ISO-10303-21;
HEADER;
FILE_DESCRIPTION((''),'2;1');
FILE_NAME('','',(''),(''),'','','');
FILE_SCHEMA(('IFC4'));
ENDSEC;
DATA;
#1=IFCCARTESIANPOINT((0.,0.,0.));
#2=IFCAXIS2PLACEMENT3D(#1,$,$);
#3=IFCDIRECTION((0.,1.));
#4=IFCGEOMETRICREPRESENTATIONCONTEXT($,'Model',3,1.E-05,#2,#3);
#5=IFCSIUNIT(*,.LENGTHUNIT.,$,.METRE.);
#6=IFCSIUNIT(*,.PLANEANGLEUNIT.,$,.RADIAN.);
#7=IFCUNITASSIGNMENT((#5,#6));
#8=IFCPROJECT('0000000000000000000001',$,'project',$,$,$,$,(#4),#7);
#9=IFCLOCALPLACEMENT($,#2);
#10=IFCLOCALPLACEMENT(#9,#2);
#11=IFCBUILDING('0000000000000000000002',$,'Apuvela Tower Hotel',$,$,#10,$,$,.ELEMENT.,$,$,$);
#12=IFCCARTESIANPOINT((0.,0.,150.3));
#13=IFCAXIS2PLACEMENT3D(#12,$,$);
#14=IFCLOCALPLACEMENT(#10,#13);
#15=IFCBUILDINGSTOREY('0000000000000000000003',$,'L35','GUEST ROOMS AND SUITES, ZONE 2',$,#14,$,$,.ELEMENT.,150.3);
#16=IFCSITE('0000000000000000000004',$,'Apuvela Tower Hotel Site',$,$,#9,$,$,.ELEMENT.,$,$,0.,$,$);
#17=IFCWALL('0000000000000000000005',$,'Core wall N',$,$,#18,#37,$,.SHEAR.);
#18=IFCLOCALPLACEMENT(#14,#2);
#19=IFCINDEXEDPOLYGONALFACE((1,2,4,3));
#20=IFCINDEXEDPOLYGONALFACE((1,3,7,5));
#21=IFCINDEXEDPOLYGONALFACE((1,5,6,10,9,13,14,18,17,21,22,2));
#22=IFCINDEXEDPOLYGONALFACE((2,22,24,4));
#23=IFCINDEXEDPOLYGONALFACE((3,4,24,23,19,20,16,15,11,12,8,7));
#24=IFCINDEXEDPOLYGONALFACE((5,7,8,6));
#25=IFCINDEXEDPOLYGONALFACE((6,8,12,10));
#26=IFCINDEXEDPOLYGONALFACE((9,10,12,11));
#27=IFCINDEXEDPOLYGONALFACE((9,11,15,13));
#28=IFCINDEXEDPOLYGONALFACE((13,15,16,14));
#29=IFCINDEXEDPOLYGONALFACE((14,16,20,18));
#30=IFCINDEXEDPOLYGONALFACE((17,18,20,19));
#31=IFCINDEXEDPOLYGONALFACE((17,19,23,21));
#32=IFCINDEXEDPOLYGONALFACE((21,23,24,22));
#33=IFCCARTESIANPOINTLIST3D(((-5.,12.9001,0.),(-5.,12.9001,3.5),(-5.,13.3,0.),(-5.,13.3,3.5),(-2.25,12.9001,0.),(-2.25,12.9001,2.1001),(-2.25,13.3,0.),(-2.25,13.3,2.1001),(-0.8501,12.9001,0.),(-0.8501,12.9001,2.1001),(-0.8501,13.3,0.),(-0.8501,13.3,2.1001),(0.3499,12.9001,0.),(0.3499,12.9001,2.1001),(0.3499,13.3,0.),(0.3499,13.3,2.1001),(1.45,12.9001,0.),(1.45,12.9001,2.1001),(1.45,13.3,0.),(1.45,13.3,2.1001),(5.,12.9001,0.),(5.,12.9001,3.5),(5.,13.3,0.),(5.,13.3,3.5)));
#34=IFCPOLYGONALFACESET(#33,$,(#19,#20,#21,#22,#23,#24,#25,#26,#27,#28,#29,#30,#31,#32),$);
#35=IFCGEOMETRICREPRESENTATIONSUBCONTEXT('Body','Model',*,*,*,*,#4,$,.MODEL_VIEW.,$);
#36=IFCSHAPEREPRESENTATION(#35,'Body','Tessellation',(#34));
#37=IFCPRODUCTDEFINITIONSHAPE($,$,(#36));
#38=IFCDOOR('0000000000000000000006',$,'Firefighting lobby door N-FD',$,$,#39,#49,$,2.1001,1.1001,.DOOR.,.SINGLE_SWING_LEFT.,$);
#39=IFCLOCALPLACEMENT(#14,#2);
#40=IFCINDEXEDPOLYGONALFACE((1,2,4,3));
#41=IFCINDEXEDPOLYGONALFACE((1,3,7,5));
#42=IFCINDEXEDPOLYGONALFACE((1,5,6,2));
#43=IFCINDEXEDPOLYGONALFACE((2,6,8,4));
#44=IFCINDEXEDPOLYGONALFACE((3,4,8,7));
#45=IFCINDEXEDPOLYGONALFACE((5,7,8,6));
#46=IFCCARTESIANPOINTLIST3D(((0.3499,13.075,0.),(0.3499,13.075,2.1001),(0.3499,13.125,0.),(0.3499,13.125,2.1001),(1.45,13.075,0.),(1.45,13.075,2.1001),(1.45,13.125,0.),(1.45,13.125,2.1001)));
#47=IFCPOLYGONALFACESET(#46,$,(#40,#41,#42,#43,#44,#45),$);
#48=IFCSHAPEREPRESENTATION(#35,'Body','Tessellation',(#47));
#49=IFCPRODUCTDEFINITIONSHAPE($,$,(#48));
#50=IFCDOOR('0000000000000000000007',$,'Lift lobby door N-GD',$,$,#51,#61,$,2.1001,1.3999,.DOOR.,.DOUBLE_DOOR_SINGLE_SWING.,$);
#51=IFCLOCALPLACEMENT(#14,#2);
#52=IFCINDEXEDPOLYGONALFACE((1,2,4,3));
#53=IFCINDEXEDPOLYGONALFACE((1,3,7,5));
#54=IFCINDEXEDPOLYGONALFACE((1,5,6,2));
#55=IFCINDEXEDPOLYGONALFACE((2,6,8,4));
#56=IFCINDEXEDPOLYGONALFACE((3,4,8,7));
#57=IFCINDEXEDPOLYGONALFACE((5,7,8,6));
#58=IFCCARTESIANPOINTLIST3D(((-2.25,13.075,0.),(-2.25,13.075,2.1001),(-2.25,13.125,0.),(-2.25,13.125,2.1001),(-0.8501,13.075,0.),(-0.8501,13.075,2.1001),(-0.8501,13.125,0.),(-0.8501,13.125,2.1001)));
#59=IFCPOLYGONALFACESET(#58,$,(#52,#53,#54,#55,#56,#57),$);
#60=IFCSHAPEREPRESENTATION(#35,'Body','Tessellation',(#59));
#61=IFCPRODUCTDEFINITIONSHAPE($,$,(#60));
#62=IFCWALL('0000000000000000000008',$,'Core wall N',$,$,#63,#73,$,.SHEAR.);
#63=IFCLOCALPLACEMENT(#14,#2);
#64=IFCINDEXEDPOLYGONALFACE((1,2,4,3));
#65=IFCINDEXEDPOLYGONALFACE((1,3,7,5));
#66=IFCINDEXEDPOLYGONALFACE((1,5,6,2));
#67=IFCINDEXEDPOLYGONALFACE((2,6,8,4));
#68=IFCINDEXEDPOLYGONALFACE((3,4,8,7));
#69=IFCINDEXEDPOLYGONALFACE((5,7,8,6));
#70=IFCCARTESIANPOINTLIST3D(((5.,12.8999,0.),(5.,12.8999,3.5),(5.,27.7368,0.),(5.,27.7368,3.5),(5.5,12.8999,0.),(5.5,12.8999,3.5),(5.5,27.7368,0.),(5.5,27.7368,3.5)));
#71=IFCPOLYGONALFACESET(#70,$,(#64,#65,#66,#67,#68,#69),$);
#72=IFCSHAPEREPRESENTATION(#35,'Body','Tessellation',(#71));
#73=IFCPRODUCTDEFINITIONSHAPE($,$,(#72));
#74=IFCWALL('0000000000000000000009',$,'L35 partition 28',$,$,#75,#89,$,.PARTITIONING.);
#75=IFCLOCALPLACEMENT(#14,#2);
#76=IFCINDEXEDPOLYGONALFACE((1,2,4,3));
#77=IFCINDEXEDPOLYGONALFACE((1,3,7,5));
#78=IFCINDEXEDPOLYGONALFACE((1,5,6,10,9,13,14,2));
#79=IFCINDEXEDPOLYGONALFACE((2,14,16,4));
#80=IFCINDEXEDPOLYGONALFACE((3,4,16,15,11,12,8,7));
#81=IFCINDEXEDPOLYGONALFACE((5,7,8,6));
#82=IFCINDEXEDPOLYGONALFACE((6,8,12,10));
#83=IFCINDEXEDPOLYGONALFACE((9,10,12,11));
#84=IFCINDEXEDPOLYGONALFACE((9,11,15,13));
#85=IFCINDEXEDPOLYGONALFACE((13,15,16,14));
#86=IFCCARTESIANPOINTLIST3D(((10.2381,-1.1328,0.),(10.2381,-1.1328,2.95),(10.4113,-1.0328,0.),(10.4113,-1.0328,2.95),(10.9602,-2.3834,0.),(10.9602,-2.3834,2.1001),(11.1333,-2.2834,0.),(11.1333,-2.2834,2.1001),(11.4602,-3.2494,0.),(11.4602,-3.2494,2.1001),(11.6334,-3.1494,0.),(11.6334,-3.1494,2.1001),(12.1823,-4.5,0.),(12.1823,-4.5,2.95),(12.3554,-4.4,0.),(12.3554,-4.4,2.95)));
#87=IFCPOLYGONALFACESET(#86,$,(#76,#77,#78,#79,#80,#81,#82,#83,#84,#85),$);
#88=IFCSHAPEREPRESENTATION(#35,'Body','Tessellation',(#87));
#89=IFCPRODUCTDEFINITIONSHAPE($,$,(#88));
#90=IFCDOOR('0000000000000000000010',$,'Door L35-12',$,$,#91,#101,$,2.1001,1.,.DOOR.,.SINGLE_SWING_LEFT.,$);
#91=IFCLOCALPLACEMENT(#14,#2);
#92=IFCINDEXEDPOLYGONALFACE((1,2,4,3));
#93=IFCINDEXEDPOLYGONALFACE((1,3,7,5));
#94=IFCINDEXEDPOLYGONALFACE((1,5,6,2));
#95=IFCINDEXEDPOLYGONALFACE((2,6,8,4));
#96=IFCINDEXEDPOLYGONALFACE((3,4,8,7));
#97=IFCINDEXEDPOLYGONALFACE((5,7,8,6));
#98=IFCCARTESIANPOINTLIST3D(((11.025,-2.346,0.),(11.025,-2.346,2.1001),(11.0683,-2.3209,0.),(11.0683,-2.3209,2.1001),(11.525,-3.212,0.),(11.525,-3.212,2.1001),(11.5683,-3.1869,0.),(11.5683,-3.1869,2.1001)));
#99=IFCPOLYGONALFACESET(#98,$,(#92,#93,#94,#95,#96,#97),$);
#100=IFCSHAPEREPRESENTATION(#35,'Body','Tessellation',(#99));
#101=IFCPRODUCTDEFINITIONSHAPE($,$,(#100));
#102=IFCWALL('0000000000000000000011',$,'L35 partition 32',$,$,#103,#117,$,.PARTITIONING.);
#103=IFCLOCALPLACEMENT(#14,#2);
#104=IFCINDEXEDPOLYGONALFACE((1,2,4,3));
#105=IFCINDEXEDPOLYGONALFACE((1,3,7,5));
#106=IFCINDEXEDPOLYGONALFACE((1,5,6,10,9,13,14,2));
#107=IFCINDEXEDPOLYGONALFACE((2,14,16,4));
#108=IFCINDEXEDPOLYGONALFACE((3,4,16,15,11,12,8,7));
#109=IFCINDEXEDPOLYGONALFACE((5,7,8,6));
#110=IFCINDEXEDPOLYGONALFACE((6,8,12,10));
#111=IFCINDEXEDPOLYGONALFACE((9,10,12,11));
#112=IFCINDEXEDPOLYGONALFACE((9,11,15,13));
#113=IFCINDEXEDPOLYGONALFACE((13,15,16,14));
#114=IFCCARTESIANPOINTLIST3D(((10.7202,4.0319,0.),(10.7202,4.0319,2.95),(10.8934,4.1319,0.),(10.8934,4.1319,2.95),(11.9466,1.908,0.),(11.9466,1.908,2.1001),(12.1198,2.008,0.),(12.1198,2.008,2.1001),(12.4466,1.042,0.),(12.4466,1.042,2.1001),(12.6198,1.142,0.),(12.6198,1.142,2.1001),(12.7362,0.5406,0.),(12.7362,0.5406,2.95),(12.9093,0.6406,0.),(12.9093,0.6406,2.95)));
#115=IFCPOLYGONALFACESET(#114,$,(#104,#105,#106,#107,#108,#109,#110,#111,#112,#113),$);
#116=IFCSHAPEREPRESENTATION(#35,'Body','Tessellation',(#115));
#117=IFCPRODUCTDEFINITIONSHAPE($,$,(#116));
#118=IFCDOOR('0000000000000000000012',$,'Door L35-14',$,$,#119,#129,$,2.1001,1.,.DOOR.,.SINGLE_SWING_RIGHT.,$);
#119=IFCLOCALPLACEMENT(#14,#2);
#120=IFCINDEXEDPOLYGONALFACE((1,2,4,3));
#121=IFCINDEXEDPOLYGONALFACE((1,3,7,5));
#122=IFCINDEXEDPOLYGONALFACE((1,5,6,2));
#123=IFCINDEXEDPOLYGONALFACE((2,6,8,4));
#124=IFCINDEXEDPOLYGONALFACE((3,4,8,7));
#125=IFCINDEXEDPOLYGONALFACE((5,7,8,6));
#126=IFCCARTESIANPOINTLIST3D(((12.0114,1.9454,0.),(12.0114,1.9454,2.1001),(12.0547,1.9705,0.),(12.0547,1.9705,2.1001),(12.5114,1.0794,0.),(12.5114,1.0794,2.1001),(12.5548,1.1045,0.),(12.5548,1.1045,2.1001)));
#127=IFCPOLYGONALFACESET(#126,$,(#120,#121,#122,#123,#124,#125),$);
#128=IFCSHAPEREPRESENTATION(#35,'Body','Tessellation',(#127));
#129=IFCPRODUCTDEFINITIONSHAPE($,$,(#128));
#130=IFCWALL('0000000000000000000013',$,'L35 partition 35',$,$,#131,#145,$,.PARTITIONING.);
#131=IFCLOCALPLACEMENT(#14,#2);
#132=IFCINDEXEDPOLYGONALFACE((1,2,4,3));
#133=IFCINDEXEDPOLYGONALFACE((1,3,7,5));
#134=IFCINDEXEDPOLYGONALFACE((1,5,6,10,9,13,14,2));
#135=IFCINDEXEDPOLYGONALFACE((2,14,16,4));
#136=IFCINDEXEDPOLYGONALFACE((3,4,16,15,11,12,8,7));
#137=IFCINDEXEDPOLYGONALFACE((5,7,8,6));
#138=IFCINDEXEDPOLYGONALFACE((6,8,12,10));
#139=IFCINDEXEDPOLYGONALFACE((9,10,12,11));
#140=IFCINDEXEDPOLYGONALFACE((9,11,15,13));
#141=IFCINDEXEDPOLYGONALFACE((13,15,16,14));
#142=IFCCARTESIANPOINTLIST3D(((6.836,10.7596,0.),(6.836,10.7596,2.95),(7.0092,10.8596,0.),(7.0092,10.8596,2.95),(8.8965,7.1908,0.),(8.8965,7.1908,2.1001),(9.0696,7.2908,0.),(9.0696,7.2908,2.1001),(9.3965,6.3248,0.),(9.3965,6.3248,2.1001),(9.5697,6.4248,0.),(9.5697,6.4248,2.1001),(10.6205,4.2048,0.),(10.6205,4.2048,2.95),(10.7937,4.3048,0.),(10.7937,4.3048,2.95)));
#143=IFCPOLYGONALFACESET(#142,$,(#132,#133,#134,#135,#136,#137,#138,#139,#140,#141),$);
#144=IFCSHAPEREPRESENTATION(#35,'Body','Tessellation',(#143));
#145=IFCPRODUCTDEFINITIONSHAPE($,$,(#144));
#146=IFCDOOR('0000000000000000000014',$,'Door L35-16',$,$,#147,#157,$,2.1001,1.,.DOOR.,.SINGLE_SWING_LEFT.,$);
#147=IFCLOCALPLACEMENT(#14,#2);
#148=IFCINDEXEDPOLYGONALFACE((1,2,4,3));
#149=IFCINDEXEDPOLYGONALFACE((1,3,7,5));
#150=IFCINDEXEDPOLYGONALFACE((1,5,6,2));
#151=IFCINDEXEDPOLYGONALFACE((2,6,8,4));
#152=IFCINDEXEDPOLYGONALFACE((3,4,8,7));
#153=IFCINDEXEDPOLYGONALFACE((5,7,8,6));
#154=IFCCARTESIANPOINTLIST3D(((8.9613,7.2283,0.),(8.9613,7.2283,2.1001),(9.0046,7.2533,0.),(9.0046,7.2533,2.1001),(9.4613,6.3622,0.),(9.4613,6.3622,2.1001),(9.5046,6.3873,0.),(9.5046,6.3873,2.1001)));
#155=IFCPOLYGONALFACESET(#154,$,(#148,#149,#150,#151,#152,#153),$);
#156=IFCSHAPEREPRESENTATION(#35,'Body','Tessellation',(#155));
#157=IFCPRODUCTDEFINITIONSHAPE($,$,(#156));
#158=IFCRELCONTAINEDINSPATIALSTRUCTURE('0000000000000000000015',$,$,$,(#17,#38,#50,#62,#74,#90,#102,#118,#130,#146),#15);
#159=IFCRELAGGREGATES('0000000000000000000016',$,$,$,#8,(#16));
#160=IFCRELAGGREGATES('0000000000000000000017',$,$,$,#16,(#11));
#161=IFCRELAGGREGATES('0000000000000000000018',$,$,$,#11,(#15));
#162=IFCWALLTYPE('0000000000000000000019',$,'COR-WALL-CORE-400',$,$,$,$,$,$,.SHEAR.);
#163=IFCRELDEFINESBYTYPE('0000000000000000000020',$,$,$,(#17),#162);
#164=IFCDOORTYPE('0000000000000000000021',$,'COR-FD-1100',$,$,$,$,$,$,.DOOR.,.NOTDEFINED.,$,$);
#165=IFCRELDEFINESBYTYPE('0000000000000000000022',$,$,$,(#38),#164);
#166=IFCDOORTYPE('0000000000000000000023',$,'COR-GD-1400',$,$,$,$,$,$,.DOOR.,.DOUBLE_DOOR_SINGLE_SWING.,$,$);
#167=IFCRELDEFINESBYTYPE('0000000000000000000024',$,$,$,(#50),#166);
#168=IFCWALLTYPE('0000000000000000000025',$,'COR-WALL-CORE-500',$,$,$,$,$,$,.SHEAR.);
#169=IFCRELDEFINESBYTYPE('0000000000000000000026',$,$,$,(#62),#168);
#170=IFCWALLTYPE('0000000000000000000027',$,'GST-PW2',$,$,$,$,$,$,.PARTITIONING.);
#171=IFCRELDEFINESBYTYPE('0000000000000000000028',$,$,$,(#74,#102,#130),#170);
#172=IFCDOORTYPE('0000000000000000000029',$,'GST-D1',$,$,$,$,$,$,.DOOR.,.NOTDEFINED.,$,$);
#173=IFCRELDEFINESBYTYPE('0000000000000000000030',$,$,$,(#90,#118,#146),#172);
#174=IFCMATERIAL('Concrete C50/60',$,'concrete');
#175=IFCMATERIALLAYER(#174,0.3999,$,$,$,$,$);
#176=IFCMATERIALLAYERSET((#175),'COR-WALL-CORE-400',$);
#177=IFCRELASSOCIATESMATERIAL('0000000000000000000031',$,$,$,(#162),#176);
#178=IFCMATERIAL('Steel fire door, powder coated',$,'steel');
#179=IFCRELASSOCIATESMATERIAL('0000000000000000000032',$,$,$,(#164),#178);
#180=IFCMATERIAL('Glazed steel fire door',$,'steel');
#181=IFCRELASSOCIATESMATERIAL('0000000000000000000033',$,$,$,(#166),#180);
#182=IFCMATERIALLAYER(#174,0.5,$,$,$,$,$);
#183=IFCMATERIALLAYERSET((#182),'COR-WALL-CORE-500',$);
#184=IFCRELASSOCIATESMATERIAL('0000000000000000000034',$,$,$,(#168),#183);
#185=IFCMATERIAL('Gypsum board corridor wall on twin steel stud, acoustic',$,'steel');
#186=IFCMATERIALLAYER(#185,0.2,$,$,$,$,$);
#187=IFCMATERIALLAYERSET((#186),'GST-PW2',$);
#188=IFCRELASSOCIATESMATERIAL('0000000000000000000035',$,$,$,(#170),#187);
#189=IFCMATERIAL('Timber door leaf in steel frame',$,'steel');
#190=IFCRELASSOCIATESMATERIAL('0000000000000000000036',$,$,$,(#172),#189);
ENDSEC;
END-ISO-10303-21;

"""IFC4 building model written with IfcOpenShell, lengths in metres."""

from ifc_helpers import new_model, si_unit, direction, frame, frame_2d, origin, place, context, subcontext, project, spatial, rectangle, extrude, material, layer, layer_set, type_object, element, fill, save


model = new_model("IFC4")

# Units and contexts
model_context = context("Model", 3, precision=1e-05, world=origin(), true_north=direction((0.0, 1.0)))
body_context = subcontext(model_context, "Body", "Model", "MODEL_VIEW")
ifc_project = project(units=[si_unit("LENGTHUNIT", "METRE"), si_unit("PLANEANGLEUNIT", "RADIAN")], contexts=[model_context])

# Site, building, storey
site_placement = place(None, origin())
site = spatial("IfcSite", under=ifc_project, at=site_placement, Name="Apuvela Tower Hotel Site", CompositionType="ELEMENT", RefElevation=0.0)
building_placement = place(site_placement, origin())
building = spatial("IfcBuilding", under=site, at=building_placement, Name="Apuvela Tower Hotel", CompositionType="ELEMENT")
storey_placement = place(building_placement, frame((0.0, 0.0, 150.3)))
storey = spatial("IfcBuildingStorey", under=building, at=storey_placement, Name="L35", Description="GUEST ROOMS AND SUITES, ZONE 2", CompositionType="ELEMENT", Elevation=150.3)

# Shared definitions
ifc_material_1 = material(Name="Concrete C50/60", Category="concrete")

# Wall, openings, doors
ifc_layer_1 = layer(ifc_material_1, 0.3999)
ifc_layer_set_1 = layer_set([ifc_layer_1], Name="COR-WALL-CORE-400")
wall_type_1 = type_object("IfcWallType", Name="COR-WALL-CORE-400", PredefinedType="SHEAR", material=ifc_layer_set_1)
wall_1_placement = place(storey_placement, frame((5.0, 13.1001, 0.0), z_axis=(0.0, 0.0, 1.0), x_axis=(-1.0, 0.0, 0.0)))
wall_1 = element("IfcWall", 1, at=wall_1_placement, inside=storey, type_object=wall_type_1, Name="Core wall N", PredefinedType="SHEAR", context=body_context, shape_type="SweptSolid", body=[
    extrude(rectangle(XDim=10.0, YDim=0.3999, at=frame_2d((5.0, 0.0))), origin(), (0.0, 0.0, 1.0), 3.5),
])
opening_1_placement = place(wall_1_placement, frame((3.55, 0.0, 0.0)))
opening_1 = element("IfcOpeningElement", 2, at=opening_1_placement, cuts=wall_1, PredefinedType="OPENING", context=body_context, shape_type="SweptSolid", body=[
    extrude(rectangle(XDim=1.1001, YDim=2.1001, at=frame_2d((0.55, 1.05))), frame((0.0, 0.21, 0.0), z_axis=(0.0, -1.0, 0.0), x_axis=(1.0, 0.0, 0.0)), (0.0, 0.0, 1.0), 0.4199),
])
opening_2_placement = place(wall_1_placement, frame((5.8501, 0.0, 0.0)))
opening_2 = element("IfcOpeningElement", 3, at=opening_2_placement, cuts=wall_1, PredefinedType="OPENING", context=body_context, shape_type="SweptSolid", body=[
    extrude(rectangle(XDim=1.3999, YDim=2.1001, at=frame_2d((0.7, 1.05))), frame((0.0, 0.21, 0.0), z_axis=(0.0, -1.0, 0.0), x_axis=(1.0, 0.0, 0.0)), (0.0, 0.0, 1.0), 0.4199),
])
ifc_material_2 = material(Name="Steel fire door, powder coated", Category="steel")
door_type_1 = type_object("IfcDoorType", Name="COR-FD-1100", OperationType="NOTDEFINED", PredefinedType="DOOR", material=ifc_material_2)
door_1_placement = place(opening_1_placement, frame((1.1001, 0.0, 0.0), z_axis=(0.0, 0.0, 1.0), x_axis=(-1.0, 0.0, 0.0)))
door_1 = element("IfcDoor", 4, at=door_1_placement, inside=storey, type_object=door_type_1, Name="Firefighting lobby door N-FD", OperationType="SINGLE_SWING_LEFT", OverallHeight=2.1001, OverallWidth=1.1001, PredefinedType="DOOR", context=body_context, shape_type="SweptSolid", body=[
    extrude(rectangle(XDim=1.1001, YDim=2.1001, at=frame_2d((0.55, 1.05))), frame((0.0, 0.0249, 0.0), z_axis=(0.0, -1.0, 0.0), x_axis=(1.0, 0.0, 0.0)), (0.0, 0.0, 1.0), 0.05),
])
fill(opening_1, door_1)
ifc_material_3 = material(Name="Glazed steel fire door", Category="steel")
door_type_2 = type_object("IfcDoorType", Name="COR-GD-1400", OperationType="DOUBLE_DOOR_SINGLE_SWING", PredefinedType="DOOR", material=ifc_material_3)
door_2_placement = place(opening_2_placement, frame((1.3999, 0.0, 0.0), z_axis=(0.0, 0.0, 1.0), x_axis=(-1.0, 0.0, 0.0)))
door_2 = element("IfcDoor", 5, at=door_2_placement, inside=storey, type_object=door_type_2, Name="Lift lobby door N-GD", OperationType="DOUBLE_DOOR_SINGLE_SWING", OverallHeight=2.1001, OverallWidth=1.3999, PredefinedType="DOOR", context=body_context, shape_type="SweptSolid", body=[
    extrude(rectangle(XDim=1.3999, YDim=2.1001, at=frame_2d((0.7, 1.05))), frame((0.0, 0.0249, 0.0), z_axis=(0.0, -1.0, 0.0), x_axis=(1.0, 0.0, 0.0)), (0.0, 0.0, 1.0), 0.05),
])
fill(opening_2, door_2)

# Wall
ifc_layer_2 = layer(ifc_material_1, 0.5)
ifc_layer_set_2 = layer_set([ifc_layer_2], Name="COR-WALL-CORE-500")
wall_type_2 = type_object("IfcWallType", Name="COR-WALL-CORE-500", PredefinedType="SHEAR", material=ifc_layer_set_2)
wall_2_placement = place(storey_placement, frame((5.25, 12.8999, 0.0), z_axis=(0.0, 0.0, 1.0), x_axis=(0.0, 1.0, 0.0)))
element("IfcWall", 6, at=wall_2_placement, inside=storey, type_object=wall_type_2, Name="Core wall N", PredefinedType="SHEAR", context=body_context, shape_type="SweptSolid", body=[
    extrude(rectangle(XDim=14.8369, YDim=0.5, at=frame_2d((7.4185, 0.0))), origin(), (0.0, 0.0, 1.0), 3.5),
])

# Walls, openings, doors
ifc_material_4 = material(Name="Gypsum board corridor wall on twin steel stud, acoustic", Category="steel")
ifc_layer_3 = layer(ifc_material_4, 0.2)
ifc_layer_set_3 = layer_set([ifc_layer_3], Name="GST-PW2")
wall_type_3 = type_object("IfcWallType", Name="GST-PW2", PredefinedType="PARTITIONING", material=ifc_layer_set_3)
wall_3_placement = place(storey_placement, frame((10.3247, -1.0828, 0.0), z_axis=(0.0, 0.0, 1.0), x_axis=(0.500009, -0.86602, 0.0)))
wall_3 = element("IfcWall", 7, at=wall_3_placement, inside=storey, type_object=wall_type_3, Name="L35 partition 28", PredefinedType="PARTITIONING", context=body_context, shape_type="SweptSolid", body=[
    extrude(rectangle(XDim=3.8882, YDim=0.2, at=frame_2d((1.9441, 0.0))), origin(), (0.0, 0.0, 1.0), 2.95),
])
opening_3_placement = place(wall_3_placement, frame((1.4441, 0.0, 0.0)))
opening_3 = element("IfcOpeningElement", 8, at=opening_3_placement, cuts=wall_3, PredefinedType="OPENING", context=body_context, shape_type="SweptSolid", body=[
    extrude(rectangle(XDim=1.0, YDim=2.1001, at=frame_2d((0.5, 1.05))), frame((0.0, 0.1099, 0.0), z_axis=(0.0, -1.0, 0.0), x_axis=(1.0, 0.0, 0.0)), (0.0, 0.0, 1.0), 0.22),
])
ifc_material_5 = material(Name="Timber door leaf in steel frame", Category="steel")
door_type_3 = type_object("IfcDoorType", Name="GST-D1", OperationType="NOTDEFINED", PredefinedType="DOOR", material=ifc_material_5)
door_3_placement = place(opening_3_placement, origin())
door_3 = element("IfcDoor", 9, at=door_3_placement, inside=storey, type_object=door_type_3, Name="Door L35-12", OperationType="SINGLE_SWING_LEFT", OverallHeight=2.1001, OverallWidth=1.0, PredefinedType="DOOR", context=body_context, shape_type="SweptSolid", body=[
    extrude(rectangle(XDim=1.0, YDim=2.1001, at=frame_2d((0.5, 1.05))), frame((0.0, 0.0249, 0.0), z_axis=(0.0, -1.0, 0.0), x_axis=(1.0, 0.0, 0.0)), (0.0, 0.0, 1.0), 0.05),
])
fill(opening_3, door_3)
wall_4_placement = place(storey_placement, frame((10.8069, 4.0818, 0.0), z_axis=(0.0, 0.0, 1.0), x_axis=(0.50004, -0.866002, 0.0)))
wall_4 = element("IfcWall", 10, at=wall_4_placement, inside=storey, type_object=wall_type_3, Name="L35 partition 32", PredefinedType="PARTITIONING", context=body_context, shape_type="SweptSolid", body=[
    extrude(rectangle(XDim=4.0315, YDim=0.2, at=frame_2d((2.0156, 0.0))), origin(), (0.0, 0.0, 1.0), 2.95),
])
opening_4_placement = place(wall_4_placement, frame((2.4524, 0.0, 0.0)))
opening_4 = element("IfcOpeningElement", 11, at=opening_4_placement, cuts=wall_4, PredefinedType="OPENING", context=body_context, shape_type="SweptSolid", body=[
    extrude(rectangle(XDim=1.0, YDim=2.1001, at=frame_2d((0.5, 1.05))), frame((0.0, 0.1099, 0.0), z_axis=(0.0, -1.0, 0.0), x_axis=(1.0, 0.0, 0.0)), (0.0, 0.0, 1.0), 0.22),
])
door_4_placement = place(opening_4_placement, origin())
door_4 = element("IfcDoor", 12, at=door_4_placement, inside=storey, type_object=door_type_3, Name="Door L35-14", OperationType="SINGLE_SWING_RIGHT", OverallHeight=2.1001, OverallWidth=1.0, PredefinedType="DOOR", context=body_context, shape_type="SweptSolid", body=[
    extrude(rectangle(XDim=1.0, YDim=2.1001, at=frame_2d((0.5, 1.05))), frame((0.0, 0.0249, 0.0), z_axis=(0.0, -1.0, 0.0), x_axis=(1.0, 0.0, 0.0)), (0.0, 0.0, 1.0), 0.05),
])
fill(opening_4, door_4)
wall_5_placement = place(storey_placement, frame((6.9226, 10.8096, 0.0), z_axis=(0.0, 0.0, 1.0), x_axis=(0.500007, -0.866021, 0.0)))
wall_5 = element("IfcWall", 13, at=wall_5_placement, inside=storey, type_object=wall_type_3, Name="L35 partition 35", PredefinedType="PARTITIONING", context=body_context, shape_type="SweptSolid", body=[
    extrude(rectangle(XDim=7.5688, YDim=0.2, at=frame_2d((3.7844, 0.0))), origin(), (0.0, 0.0, 1.0), 2.95),
])
opening_5_placement = place(wall_5_placement, frame((4.1208, 0.0, 0.0)))
opening_5 = element("IfcOpeningElement", 14, at=opening_5_placement, cuts=wall_5, PredefinedType="OPENING", context=body_context, shape_type="SweptSolid", body=[
    extrude(rectangle(XDim=1.0, YDim=2.1001, at=frame_2d((0.5, 1.05))), frame((0.0, 0.1099, 0.0), z_axis=(0.0, -1.0, 0.0), x_axis=(1.0, 0.0, 0.0)), (0.0, 0.0, 1.0), 0.22),
])
door_5_placement = place(opening_5_placement, origin())
door_5 = element("IfcDoor", 15, at=door_5_placement, inside=storey, type_object=door_type_3, Name="Door L35-16", OperationType="SINGLE_SWING_LEFT", OverallHeight=2.1001, OverallWidth=1.0, PredefinedType="DOOR", context=body_context, shape_type="SweptSolid", body=[
    extrude(rectangle(XDim=1.0, YDim=2.1001, at=frame_2d((0.5, 1.05))), frame((0.0, 0.0249, 0.0), z_axis=(0.0, -1.0, 0.0), x_axis=(1.0, 0.0, 0.0)), (0.0, 0.0, 1.0), 0.05),
])
fill(opening_5, door_5)

save(model, "model.ifc")
